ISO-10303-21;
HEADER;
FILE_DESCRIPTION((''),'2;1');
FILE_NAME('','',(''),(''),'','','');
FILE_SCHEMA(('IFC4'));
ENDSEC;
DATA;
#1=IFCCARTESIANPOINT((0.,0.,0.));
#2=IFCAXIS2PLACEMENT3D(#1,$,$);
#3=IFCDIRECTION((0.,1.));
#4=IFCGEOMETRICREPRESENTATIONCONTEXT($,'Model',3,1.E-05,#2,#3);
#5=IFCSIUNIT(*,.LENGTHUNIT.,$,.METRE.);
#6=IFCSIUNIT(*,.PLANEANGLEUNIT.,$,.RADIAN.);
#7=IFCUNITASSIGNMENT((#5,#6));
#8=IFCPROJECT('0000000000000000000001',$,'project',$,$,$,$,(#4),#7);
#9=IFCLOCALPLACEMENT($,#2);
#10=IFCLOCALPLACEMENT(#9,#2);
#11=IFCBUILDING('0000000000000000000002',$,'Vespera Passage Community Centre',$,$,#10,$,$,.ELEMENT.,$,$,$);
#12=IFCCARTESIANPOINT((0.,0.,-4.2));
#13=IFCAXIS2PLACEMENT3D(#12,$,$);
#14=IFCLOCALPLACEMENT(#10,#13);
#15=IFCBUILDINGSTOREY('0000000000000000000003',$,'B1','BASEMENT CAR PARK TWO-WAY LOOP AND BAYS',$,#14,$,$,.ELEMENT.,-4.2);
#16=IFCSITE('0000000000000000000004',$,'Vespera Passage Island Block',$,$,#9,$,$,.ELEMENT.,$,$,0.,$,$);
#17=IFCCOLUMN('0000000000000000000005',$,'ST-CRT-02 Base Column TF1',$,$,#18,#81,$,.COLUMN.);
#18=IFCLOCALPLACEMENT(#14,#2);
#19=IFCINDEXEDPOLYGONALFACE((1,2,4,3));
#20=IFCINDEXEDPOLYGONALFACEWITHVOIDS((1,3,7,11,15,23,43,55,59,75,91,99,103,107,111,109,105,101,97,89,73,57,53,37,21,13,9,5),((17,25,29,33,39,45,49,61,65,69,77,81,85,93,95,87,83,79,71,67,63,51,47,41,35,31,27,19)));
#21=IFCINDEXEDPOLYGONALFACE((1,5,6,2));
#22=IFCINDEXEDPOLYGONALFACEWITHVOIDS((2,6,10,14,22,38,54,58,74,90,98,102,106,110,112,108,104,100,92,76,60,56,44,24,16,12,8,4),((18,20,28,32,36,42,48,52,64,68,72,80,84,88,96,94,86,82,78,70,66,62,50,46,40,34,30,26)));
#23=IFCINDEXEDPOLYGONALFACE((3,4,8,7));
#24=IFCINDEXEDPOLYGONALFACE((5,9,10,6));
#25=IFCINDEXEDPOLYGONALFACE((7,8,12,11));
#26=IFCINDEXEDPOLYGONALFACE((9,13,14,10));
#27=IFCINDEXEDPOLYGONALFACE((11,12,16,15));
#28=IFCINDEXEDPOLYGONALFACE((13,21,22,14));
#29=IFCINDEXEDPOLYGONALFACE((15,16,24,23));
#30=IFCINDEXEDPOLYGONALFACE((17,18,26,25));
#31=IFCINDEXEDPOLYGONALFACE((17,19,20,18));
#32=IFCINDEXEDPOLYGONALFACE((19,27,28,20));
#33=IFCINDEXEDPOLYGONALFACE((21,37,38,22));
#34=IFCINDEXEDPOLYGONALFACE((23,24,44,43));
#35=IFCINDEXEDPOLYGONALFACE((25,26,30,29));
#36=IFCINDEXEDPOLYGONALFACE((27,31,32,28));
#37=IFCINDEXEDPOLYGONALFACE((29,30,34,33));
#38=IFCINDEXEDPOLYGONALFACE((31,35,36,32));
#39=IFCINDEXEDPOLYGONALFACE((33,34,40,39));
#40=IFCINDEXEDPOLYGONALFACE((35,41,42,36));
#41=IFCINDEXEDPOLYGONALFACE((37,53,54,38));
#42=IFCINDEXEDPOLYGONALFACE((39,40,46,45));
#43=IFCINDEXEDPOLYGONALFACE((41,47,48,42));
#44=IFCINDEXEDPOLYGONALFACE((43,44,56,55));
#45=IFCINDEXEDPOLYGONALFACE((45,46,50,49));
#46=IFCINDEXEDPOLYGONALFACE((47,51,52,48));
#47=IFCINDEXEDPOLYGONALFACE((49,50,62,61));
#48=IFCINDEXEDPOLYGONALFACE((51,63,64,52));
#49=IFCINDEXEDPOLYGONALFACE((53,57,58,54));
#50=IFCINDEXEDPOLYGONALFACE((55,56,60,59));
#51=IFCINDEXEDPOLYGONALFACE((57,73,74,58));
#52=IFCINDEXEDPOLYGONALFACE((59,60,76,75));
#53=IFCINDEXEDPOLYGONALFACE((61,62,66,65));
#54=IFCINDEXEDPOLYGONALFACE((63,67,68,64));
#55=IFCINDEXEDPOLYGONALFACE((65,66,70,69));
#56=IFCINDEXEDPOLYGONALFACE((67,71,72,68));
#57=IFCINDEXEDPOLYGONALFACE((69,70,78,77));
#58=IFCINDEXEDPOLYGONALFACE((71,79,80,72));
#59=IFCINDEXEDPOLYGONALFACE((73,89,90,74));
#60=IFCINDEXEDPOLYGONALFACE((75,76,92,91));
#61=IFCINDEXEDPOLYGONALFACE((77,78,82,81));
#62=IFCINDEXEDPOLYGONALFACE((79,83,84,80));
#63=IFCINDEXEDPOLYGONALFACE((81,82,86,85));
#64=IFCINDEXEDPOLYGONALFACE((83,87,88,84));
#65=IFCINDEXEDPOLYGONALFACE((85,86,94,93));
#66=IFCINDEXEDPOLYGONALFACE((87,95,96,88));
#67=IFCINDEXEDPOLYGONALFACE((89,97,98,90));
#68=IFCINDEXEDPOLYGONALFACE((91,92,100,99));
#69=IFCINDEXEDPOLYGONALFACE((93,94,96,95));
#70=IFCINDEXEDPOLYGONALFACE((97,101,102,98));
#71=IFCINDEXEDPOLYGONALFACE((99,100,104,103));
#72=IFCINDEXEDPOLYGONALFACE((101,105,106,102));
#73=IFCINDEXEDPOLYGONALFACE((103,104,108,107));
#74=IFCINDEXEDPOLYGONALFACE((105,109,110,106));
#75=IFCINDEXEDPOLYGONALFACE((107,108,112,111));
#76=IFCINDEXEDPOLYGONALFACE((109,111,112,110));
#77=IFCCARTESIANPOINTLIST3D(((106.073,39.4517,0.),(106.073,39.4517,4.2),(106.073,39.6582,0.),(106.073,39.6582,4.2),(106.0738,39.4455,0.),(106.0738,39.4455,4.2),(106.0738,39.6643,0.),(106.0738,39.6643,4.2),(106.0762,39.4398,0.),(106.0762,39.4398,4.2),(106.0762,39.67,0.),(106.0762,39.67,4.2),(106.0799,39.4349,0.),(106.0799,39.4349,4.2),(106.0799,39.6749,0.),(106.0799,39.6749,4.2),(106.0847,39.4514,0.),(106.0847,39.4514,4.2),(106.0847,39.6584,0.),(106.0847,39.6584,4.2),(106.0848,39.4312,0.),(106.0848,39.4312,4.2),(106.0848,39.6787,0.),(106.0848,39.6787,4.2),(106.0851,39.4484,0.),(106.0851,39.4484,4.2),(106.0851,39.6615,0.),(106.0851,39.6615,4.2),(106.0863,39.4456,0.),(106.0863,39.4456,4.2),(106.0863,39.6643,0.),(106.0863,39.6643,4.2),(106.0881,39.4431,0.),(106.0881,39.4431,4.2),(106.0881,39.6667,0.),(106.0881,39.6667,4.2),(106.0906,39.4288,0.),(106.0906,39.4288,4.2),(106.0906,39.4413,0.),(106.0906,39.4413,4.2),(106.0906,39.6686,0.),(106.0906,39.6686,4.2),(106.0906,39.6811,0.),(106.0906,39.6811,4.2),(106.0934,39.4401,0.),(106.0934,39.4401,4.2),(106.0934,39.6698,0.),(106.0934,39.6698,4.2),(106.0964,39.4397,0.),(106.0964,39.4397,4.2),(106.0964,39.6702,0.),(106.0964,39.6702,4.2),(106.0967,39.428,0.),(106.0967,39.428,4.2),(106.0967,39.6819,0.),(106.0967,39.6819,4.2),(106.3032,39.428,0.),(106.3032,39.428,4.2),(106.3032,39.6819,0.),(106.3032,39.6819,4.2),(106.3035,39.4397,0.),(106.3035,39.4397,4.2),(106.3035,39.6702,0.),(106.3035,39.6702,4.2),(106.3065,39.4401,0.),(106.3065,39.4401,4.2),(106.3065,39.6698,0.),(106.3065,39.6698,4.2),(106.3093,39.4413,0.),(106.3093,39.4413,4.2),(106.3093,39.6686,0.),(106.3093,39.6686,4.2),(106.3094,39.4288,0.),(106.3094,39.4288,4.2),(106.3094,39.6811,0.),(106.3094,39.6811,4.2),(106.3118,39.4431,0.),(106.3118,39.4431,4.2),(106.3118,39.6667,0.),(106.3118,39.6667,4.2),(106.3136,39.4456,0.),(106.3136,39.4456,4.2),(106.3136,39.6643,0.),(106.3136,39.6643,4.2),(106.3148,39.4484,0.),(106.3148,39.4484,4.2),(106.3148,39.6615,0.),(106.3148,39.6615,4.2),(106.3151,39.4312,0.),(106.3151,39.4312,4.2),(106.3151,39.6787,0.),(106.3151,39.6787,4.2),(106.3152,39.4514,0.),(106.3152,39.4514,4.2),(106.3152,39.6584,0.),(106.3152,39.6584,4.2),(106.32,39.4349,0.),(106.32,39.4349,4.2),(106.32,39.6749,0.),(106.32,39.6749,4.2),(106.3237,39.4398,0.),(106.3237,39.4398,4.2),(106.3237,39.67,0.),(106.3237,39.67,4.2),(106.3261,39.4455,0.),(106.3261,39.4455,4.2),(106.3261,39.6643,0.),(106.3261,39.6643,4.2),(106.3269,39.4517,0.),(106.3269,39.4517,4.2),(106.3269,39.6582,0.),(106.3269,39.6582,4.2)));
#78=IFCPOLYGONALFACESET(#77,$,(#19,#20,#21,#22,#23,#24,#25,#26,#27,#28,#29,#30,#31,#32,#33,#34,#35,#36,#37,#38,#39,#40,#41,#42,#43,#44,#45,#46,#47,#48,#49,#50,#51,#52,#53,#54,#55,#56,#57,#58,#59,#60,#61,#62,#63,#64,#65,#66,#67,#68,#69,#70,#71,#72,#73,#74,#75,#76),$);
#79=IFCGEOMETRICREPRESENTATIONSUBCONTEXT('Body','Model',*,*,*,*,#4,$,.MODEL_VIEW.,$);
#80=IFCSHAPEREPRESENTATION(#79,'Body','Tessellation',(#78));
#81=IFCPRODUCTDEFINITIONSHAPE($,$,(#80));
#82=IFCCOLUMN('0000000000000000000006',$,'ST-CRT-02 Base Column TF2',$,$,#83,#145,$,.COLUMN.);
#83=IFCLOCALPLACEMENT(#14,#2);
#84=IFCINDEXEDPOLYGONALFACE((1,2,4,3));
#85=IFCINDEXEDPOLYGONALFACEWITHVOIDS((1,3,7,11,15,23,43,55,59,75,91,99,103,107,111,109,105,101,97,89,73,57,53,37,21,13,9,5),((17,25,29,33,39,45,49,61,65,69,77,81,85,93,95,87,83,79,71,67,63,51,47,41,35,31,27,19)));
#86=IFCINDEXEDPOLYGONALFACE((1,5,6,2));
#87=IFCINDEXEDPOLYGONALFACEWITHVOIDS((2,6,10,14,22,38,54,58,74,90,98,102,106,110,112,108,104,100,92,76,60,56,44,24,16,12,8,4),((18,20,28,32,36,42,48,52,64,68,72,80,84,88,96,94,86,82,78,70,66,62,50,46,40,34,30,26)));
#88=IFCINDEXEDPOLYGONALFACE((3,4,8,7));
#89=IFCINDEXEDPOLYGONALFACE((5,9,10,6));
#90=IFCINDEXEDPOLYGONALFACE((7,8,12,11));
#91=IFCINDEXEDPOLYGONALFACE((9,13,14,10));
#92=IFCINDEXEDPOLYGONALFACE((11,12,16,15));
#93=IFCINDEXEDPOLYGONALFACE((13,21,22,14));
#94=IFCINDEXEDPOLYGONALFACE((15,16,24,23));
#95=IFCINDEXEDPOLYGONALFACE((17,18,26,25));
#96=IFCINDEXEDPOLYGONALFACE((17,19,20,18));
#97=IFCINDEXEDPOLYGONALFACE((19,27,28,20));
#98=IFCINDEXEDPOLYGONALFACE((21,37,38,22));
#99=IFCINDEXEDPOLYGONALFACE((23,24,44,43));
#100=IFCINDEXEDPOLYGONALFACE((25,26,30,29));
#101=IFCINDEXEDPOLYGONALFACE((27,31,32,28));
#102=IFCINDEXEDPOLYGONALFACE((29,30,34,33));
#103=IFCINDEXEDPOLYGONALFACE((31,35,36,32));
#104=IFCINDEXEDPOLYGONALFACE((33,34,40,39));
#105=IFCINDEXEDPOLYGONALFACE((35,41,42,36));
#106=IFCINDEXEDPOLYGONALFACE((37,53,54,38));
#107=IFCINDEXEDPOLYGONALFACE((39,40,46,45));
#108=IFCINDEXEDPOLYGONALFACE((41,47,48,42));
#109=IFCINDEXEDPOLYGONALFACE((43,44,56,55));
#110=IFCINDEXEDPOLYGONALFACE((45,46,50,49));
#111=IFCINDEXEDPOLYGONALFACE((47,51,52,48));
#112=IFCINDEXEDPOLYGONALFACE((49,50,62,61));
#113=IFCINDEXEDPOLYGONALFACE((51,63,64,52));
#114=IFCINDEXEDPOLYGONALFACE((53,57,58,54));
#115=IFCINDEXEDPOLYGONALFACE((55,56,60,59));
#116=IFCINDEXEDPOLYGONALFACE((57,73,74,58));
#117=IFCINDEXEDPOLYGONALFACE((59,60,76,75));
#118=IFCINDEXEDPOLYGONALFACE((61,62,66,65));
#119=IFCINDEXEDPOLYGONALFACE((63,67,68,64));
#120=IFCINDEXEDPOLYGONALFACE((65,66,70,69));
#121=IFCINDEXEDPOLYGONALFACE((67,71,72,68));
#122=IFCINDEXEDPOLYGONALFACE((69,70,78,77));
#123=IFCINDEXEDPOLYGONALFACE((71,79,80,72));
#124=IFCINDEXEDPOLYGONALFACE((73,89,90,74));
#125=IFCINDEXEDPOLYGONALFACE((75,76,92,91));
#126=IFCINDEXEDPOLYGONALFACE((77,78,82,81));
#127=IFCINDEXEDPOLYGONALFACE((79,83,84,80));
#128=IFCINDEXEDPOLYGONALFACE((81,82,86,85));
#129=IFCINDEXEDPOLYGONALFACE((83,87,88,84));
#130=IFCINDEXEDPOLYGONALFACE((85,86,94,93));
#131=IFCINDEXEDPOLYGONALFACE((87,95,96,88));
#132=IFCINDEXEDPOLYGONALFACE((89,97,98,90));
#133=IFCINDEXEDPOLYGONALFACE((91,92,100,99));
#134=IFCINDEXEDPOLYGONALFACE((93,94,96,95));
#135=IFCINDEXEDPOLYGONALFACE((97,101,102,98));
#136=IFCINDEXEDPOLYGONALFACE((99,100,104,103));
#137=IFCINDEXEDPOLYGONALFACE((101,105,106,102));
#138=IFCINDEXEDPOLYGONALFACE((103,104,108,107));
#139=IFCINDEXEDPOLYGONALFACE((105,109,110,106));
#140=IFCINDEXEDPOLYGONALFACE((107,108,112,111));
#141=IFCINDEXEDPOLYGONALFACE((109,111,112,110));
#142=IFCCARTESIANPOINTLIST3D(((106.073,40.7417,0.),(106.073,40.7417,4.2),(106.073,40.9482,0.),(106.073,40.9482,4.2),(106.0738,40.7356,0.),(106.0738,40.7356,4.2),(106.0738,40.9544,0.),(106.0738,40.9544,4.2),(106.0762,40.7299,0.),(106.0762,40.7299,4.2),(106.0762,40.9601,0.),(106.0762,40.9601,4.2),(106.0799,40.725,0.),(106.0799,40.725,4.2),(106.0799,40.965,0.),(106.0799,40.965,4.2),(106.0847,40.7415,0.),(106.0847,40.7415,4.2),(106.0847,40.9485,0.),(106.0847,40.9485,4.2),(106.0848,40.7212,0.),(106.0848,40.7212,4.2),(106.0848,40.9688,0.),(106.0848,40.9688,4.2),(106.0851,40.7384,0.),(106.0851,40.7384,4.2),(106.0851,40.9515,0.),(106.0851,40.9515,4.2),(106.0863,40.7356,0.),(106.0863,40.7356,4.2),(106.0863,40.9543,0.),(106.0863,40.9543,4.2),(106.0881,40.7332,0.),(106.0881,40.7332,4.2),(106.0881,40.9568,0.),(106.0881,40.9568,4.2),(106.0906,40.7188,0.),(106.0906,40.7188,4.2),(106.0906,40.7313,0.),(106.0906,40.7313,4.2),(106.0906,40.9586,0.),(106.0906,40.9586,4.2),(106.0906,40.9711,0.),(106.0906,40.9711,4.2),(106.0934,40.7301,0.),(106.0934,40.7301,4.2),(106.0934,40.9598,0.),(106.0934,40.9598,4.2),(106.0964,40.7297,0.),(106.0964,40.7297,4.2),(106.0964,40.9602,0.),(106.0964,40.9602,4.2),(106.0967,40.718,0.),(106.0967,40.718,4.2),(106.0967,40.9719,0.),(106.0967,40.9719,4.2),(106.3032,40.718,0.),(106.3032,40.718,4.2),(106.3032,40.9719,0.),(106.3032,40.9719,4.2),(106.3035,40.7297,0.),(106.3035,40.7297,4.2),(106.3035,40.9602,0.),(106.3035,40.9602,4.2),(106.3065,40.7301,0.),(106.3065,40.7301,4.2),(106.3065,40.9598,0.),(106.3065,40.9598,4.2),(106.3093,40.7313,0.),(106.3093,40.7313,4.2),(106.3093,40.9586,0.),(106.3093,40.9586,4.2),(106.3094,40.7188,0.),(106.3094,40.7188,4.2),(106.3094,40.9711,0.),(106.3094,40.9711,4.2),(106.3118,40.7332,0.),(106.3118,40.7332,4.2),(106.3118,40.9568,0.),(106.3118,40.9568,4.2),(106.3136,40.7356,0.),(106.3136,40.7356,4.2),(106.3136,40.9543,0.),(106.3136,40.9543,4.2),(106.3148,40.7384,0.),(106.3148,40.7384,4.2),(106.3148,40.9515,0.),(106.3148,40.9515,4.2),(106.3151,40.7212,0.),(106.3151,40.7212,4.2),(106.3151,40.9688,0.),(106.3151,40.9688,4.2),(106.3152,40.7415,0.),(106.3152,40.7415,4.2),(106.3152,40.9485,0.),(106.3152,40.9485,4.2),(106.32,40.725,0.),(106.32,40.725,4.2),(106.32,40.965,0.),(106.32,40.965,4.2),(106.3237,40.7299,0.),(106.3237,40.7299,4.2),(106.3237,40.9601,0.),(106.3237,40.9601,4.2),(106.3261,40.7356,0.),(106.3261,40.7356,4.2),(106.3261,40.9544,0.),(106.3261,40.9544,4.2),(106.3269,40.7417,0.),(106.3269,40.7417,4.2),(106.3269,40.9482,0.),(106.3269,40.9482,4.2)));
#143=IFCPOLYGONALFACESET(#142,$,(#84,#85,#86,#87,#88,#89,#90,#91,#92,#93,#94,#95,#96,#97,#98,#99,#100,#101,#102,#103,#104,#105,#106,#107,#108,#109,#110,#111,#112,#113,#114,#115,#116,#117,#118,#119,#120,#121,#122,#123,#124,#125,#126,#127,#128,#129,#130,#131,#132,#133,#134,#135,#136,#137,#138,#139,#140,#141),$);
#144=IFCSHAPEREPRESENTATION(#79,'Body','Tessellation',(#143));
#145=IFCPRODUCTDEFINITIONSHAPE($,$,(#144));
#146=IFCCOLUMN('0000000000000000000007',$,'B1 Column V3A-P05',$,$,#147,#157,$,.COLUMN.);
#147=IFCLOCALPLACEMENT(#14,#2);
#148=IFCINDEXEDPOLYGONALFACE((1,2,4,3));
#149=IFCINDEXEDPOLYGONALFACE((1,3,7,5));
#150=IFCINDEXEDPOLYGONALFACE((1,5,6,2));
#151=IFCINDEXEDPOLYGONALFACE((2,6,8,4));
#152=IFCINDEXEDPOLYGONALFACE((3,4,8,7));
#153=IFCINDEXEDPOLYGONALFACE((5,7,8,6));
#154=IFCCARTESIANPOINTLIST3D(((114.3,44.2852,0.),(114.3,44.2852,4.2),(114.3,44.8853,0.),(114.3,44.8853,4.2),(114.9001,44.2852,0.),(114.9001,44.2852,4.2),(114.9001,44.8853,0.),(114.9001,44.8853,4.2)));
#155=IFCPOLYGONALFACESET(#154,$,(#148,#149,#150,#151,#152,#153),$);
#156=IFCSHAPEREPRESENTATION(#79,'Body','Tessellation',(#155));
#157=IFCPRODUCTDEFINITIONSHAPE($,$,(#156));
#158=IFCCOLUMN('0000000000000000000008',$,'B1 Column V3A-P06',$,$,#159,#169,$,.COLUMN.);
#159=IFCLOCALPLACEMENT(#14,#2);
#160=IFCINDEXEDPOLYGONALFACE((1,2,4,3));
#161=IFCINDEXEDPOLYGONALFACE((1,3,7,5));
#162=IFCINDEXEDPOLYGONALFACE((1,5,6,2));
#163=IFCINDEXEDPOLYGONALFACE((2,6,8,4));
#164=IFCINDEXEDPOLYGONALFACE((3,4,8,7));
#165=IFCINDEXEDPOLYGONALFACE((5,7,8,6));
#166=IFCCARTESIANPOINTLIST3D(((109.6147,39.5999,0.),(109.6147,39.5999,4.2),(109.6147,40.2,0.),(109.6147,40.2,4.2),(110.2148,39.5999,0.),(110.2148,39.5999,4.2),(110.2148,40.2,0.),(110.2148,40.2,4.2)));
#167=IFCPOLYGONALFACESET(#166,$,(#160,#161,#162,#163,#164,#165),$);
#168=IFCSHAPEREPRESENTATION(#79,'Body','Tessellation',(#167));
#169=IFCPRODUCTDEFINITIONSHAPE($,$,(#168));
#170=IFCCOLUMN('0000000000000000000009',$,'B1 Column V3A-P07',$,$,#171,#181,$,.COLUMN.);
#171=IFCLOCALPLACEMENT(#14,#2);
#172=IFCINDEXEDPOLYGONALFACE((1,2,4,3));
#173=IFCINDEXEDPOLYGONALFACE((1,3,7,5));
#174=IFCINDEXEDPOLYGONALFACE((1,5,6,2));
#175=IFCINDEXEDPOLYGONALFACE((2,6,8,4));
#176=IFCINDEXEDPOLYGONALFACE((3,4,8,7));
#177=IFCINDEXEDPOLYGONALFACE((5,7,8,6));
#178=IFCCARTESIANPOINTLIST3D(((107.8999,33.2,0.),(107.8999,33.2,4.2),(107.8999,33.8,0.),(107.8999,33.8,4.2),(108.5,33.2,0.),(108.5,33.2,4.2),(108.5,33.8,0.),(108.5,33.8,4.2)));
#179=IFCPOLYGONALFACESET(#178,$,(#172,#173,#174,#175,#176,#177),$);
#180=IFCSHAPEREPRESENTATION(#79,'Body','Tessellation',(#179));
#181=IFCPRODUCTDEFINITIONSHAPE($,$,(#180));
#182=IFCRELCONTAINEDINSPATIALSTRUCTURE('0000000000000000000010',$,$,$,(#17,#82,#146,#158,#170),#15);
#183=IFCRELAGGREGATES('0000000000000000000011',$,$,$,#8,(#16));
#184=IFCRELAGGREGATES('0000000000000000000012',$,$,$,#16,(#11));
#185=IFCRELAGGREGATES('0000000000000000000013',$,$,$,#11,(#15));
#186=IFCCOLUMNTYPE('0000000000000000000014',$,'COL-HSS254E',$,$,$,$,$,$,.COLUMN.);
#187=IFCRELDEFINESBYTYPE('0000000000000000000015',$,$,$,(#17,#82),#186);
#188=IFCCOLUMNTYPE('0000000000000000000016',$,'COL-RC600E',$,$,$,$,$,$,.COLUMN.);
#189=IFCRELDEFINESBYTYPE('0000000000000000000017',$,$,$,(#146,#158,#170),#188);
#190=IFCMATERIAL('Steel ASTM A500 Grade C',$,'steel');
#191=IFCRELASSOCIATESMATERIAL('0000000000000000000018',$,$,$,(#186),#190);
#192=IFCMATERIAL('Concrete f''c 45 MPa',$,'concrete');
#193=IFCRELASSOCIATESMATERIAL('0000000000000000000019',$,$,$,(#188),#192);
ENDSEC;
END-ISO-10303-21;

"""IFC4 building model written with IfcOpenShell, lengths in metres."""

from ifc_helpers import new_model, si_unit, direction, frame, origin, origin_2d, place, context, subcontext, project, spatial, rectangle, hollow_rectangle, extrude, material, material_profile, profile_set, type_object, element, save


model = new_model("IFC4")

# Units and contexts
model_context = context("Model", 3, precision=1e-05, world=origin(), true_north=direction((0.0, 1.0)))
body_context = subcontext(model_context, "Body", "Model", "MODEL_VIEW")
ifc_project = project(units=[si_unit("LENGTHUNIT", "METRE"), si_unit("PLANEANGLEUNIT", "RADIAN")], contexts=[model_context])

# Site, building, storey
site_placement = place(None, origin())
site = spatial("IfcSite", under=ifc_project, at=site_placement, Name="Vespera Passage Island Block", CompositionType="ELEMENT", RefElevation=0.0)
building_placement = place(site_placement, origin())
building = spatial("IfcBuilding", under=site, at=building_placement, Name="Vespera Passage Community Centre", CompositionType="ELEMENT")
storey_placement = place(building_placement, frame((0.0, 0.0, -4.2)))
storey = spatial("IfcBuildingStorey", under=building, at=storey_placement, Name="B1", Description="BASEMENT CAR PARK TWO-WAY LOOP AND BAYS", CompositionType="ELEMENT", Elevation=-4.2)

# Columns
ifc_material_1 = material(Name="Steel ASTM A500 Grade C", Category="steel")
ifc_material_profile_1 = material_profile(ifc_material_1, hollow_rectangle(XDim=0.2539, YDim=0.2539, WallThickness=0.0117, InnerFilletRadius=0.0117, OuterFilletRadius=0.0237, at=origin_2d()), Name="HSS254X254X12.7")
ifc_profile_set_1 = profile_set([ifc_material_profile_1], Name="Steel ASTM A500 Grade C")
column_type_1 = type_object("IfcColumnType", Name="COL-HSS254E", PredefinedType="COLUMN", material=ifc_profile_set_1)
for number, where, z_axis, x_axis, name in (
    (1, (106.2, 39.5549, 0.0), (0.0, 0.0, 1.0), (1.0, 0.0, 0.0), "ST-CRT-02 Base Column TF1"),
    (2, (106.2, 40.845, 0.0), (0.0, 0.0, 1.0), (1.0, 0.0, 0.0), "ST-CRT-02 Base Column TF2"),
):
    element("IfcColumn", number, at=place(storey_placement, frame(where, z_axis=z_axis, x_axis=x_axis)), inside=storey, type_object=column_type_1, Name=name, PredefinedType="COLUMN", context=body_context, shape_type="SweptSolid", body=[
        extrude(hollow_rectangle(XDim=0.2539, YDim=0.2539, WallThickness=0.0117, InnerFilletRadius=0.0117, OuterFilletRadius=0.0237, at=origin_2d()), origin(), (0.0, 0.0, 1.0), 4.2),
    ])
ifc_material_2 = material(Name="Concrete f'c 45 MPa", Category="concrete")
ifc_material_profile_2 = material_profile(ifc_material_2, rectangle(XDim=0.6001, YDim=0.6001, at=origin_2d()), Name="RC600X600")
ifc_profile_set_2 = profile_set([ifc_material_profile_2], Name="Concrete f'c 45 MPa")
column_type_2 = type_object("IfcColumnType", Name="COL-RC600E", PredefinedType="COLUMN", material=ifc_profile_set_2)
for number, where, z_axis, x_axis, name in (
    (3, (114.6001, 44.5852, 0.0), (0.0, 0.0, 1.0), (1.0, 0.0, 0.0), "B1 Column V3A-P05"),
    (4, (109.9148, 39.8999, 0.0), (0.0, 0.0, 1.0), (1.0, 0.0, 0.0), "B1 Column V3A-P06"),
    (5, (108.2, 33.5, 0.0), (0.0, 0.0, 1.0), (1.0, 0.0, 0.0), "B1 Column V3A-P07"),
):
    element("IfcColumn", number, at=place(storey_placement, frame(where, z_axis=z_axis, x_axis=x_axis)), inside=storey, type_object=column_type_2, Name=name, PredefinedType="COLUMN", context=body_context, shape_type="SweptSolid", body=[
        extrude(rectangle(XDim=0.6001, YDim=0.6001, at=origin_2d()), origin(), (0.0, 0.0, 1.0), 4.2),
    ])

save(model, "model.ifc")
